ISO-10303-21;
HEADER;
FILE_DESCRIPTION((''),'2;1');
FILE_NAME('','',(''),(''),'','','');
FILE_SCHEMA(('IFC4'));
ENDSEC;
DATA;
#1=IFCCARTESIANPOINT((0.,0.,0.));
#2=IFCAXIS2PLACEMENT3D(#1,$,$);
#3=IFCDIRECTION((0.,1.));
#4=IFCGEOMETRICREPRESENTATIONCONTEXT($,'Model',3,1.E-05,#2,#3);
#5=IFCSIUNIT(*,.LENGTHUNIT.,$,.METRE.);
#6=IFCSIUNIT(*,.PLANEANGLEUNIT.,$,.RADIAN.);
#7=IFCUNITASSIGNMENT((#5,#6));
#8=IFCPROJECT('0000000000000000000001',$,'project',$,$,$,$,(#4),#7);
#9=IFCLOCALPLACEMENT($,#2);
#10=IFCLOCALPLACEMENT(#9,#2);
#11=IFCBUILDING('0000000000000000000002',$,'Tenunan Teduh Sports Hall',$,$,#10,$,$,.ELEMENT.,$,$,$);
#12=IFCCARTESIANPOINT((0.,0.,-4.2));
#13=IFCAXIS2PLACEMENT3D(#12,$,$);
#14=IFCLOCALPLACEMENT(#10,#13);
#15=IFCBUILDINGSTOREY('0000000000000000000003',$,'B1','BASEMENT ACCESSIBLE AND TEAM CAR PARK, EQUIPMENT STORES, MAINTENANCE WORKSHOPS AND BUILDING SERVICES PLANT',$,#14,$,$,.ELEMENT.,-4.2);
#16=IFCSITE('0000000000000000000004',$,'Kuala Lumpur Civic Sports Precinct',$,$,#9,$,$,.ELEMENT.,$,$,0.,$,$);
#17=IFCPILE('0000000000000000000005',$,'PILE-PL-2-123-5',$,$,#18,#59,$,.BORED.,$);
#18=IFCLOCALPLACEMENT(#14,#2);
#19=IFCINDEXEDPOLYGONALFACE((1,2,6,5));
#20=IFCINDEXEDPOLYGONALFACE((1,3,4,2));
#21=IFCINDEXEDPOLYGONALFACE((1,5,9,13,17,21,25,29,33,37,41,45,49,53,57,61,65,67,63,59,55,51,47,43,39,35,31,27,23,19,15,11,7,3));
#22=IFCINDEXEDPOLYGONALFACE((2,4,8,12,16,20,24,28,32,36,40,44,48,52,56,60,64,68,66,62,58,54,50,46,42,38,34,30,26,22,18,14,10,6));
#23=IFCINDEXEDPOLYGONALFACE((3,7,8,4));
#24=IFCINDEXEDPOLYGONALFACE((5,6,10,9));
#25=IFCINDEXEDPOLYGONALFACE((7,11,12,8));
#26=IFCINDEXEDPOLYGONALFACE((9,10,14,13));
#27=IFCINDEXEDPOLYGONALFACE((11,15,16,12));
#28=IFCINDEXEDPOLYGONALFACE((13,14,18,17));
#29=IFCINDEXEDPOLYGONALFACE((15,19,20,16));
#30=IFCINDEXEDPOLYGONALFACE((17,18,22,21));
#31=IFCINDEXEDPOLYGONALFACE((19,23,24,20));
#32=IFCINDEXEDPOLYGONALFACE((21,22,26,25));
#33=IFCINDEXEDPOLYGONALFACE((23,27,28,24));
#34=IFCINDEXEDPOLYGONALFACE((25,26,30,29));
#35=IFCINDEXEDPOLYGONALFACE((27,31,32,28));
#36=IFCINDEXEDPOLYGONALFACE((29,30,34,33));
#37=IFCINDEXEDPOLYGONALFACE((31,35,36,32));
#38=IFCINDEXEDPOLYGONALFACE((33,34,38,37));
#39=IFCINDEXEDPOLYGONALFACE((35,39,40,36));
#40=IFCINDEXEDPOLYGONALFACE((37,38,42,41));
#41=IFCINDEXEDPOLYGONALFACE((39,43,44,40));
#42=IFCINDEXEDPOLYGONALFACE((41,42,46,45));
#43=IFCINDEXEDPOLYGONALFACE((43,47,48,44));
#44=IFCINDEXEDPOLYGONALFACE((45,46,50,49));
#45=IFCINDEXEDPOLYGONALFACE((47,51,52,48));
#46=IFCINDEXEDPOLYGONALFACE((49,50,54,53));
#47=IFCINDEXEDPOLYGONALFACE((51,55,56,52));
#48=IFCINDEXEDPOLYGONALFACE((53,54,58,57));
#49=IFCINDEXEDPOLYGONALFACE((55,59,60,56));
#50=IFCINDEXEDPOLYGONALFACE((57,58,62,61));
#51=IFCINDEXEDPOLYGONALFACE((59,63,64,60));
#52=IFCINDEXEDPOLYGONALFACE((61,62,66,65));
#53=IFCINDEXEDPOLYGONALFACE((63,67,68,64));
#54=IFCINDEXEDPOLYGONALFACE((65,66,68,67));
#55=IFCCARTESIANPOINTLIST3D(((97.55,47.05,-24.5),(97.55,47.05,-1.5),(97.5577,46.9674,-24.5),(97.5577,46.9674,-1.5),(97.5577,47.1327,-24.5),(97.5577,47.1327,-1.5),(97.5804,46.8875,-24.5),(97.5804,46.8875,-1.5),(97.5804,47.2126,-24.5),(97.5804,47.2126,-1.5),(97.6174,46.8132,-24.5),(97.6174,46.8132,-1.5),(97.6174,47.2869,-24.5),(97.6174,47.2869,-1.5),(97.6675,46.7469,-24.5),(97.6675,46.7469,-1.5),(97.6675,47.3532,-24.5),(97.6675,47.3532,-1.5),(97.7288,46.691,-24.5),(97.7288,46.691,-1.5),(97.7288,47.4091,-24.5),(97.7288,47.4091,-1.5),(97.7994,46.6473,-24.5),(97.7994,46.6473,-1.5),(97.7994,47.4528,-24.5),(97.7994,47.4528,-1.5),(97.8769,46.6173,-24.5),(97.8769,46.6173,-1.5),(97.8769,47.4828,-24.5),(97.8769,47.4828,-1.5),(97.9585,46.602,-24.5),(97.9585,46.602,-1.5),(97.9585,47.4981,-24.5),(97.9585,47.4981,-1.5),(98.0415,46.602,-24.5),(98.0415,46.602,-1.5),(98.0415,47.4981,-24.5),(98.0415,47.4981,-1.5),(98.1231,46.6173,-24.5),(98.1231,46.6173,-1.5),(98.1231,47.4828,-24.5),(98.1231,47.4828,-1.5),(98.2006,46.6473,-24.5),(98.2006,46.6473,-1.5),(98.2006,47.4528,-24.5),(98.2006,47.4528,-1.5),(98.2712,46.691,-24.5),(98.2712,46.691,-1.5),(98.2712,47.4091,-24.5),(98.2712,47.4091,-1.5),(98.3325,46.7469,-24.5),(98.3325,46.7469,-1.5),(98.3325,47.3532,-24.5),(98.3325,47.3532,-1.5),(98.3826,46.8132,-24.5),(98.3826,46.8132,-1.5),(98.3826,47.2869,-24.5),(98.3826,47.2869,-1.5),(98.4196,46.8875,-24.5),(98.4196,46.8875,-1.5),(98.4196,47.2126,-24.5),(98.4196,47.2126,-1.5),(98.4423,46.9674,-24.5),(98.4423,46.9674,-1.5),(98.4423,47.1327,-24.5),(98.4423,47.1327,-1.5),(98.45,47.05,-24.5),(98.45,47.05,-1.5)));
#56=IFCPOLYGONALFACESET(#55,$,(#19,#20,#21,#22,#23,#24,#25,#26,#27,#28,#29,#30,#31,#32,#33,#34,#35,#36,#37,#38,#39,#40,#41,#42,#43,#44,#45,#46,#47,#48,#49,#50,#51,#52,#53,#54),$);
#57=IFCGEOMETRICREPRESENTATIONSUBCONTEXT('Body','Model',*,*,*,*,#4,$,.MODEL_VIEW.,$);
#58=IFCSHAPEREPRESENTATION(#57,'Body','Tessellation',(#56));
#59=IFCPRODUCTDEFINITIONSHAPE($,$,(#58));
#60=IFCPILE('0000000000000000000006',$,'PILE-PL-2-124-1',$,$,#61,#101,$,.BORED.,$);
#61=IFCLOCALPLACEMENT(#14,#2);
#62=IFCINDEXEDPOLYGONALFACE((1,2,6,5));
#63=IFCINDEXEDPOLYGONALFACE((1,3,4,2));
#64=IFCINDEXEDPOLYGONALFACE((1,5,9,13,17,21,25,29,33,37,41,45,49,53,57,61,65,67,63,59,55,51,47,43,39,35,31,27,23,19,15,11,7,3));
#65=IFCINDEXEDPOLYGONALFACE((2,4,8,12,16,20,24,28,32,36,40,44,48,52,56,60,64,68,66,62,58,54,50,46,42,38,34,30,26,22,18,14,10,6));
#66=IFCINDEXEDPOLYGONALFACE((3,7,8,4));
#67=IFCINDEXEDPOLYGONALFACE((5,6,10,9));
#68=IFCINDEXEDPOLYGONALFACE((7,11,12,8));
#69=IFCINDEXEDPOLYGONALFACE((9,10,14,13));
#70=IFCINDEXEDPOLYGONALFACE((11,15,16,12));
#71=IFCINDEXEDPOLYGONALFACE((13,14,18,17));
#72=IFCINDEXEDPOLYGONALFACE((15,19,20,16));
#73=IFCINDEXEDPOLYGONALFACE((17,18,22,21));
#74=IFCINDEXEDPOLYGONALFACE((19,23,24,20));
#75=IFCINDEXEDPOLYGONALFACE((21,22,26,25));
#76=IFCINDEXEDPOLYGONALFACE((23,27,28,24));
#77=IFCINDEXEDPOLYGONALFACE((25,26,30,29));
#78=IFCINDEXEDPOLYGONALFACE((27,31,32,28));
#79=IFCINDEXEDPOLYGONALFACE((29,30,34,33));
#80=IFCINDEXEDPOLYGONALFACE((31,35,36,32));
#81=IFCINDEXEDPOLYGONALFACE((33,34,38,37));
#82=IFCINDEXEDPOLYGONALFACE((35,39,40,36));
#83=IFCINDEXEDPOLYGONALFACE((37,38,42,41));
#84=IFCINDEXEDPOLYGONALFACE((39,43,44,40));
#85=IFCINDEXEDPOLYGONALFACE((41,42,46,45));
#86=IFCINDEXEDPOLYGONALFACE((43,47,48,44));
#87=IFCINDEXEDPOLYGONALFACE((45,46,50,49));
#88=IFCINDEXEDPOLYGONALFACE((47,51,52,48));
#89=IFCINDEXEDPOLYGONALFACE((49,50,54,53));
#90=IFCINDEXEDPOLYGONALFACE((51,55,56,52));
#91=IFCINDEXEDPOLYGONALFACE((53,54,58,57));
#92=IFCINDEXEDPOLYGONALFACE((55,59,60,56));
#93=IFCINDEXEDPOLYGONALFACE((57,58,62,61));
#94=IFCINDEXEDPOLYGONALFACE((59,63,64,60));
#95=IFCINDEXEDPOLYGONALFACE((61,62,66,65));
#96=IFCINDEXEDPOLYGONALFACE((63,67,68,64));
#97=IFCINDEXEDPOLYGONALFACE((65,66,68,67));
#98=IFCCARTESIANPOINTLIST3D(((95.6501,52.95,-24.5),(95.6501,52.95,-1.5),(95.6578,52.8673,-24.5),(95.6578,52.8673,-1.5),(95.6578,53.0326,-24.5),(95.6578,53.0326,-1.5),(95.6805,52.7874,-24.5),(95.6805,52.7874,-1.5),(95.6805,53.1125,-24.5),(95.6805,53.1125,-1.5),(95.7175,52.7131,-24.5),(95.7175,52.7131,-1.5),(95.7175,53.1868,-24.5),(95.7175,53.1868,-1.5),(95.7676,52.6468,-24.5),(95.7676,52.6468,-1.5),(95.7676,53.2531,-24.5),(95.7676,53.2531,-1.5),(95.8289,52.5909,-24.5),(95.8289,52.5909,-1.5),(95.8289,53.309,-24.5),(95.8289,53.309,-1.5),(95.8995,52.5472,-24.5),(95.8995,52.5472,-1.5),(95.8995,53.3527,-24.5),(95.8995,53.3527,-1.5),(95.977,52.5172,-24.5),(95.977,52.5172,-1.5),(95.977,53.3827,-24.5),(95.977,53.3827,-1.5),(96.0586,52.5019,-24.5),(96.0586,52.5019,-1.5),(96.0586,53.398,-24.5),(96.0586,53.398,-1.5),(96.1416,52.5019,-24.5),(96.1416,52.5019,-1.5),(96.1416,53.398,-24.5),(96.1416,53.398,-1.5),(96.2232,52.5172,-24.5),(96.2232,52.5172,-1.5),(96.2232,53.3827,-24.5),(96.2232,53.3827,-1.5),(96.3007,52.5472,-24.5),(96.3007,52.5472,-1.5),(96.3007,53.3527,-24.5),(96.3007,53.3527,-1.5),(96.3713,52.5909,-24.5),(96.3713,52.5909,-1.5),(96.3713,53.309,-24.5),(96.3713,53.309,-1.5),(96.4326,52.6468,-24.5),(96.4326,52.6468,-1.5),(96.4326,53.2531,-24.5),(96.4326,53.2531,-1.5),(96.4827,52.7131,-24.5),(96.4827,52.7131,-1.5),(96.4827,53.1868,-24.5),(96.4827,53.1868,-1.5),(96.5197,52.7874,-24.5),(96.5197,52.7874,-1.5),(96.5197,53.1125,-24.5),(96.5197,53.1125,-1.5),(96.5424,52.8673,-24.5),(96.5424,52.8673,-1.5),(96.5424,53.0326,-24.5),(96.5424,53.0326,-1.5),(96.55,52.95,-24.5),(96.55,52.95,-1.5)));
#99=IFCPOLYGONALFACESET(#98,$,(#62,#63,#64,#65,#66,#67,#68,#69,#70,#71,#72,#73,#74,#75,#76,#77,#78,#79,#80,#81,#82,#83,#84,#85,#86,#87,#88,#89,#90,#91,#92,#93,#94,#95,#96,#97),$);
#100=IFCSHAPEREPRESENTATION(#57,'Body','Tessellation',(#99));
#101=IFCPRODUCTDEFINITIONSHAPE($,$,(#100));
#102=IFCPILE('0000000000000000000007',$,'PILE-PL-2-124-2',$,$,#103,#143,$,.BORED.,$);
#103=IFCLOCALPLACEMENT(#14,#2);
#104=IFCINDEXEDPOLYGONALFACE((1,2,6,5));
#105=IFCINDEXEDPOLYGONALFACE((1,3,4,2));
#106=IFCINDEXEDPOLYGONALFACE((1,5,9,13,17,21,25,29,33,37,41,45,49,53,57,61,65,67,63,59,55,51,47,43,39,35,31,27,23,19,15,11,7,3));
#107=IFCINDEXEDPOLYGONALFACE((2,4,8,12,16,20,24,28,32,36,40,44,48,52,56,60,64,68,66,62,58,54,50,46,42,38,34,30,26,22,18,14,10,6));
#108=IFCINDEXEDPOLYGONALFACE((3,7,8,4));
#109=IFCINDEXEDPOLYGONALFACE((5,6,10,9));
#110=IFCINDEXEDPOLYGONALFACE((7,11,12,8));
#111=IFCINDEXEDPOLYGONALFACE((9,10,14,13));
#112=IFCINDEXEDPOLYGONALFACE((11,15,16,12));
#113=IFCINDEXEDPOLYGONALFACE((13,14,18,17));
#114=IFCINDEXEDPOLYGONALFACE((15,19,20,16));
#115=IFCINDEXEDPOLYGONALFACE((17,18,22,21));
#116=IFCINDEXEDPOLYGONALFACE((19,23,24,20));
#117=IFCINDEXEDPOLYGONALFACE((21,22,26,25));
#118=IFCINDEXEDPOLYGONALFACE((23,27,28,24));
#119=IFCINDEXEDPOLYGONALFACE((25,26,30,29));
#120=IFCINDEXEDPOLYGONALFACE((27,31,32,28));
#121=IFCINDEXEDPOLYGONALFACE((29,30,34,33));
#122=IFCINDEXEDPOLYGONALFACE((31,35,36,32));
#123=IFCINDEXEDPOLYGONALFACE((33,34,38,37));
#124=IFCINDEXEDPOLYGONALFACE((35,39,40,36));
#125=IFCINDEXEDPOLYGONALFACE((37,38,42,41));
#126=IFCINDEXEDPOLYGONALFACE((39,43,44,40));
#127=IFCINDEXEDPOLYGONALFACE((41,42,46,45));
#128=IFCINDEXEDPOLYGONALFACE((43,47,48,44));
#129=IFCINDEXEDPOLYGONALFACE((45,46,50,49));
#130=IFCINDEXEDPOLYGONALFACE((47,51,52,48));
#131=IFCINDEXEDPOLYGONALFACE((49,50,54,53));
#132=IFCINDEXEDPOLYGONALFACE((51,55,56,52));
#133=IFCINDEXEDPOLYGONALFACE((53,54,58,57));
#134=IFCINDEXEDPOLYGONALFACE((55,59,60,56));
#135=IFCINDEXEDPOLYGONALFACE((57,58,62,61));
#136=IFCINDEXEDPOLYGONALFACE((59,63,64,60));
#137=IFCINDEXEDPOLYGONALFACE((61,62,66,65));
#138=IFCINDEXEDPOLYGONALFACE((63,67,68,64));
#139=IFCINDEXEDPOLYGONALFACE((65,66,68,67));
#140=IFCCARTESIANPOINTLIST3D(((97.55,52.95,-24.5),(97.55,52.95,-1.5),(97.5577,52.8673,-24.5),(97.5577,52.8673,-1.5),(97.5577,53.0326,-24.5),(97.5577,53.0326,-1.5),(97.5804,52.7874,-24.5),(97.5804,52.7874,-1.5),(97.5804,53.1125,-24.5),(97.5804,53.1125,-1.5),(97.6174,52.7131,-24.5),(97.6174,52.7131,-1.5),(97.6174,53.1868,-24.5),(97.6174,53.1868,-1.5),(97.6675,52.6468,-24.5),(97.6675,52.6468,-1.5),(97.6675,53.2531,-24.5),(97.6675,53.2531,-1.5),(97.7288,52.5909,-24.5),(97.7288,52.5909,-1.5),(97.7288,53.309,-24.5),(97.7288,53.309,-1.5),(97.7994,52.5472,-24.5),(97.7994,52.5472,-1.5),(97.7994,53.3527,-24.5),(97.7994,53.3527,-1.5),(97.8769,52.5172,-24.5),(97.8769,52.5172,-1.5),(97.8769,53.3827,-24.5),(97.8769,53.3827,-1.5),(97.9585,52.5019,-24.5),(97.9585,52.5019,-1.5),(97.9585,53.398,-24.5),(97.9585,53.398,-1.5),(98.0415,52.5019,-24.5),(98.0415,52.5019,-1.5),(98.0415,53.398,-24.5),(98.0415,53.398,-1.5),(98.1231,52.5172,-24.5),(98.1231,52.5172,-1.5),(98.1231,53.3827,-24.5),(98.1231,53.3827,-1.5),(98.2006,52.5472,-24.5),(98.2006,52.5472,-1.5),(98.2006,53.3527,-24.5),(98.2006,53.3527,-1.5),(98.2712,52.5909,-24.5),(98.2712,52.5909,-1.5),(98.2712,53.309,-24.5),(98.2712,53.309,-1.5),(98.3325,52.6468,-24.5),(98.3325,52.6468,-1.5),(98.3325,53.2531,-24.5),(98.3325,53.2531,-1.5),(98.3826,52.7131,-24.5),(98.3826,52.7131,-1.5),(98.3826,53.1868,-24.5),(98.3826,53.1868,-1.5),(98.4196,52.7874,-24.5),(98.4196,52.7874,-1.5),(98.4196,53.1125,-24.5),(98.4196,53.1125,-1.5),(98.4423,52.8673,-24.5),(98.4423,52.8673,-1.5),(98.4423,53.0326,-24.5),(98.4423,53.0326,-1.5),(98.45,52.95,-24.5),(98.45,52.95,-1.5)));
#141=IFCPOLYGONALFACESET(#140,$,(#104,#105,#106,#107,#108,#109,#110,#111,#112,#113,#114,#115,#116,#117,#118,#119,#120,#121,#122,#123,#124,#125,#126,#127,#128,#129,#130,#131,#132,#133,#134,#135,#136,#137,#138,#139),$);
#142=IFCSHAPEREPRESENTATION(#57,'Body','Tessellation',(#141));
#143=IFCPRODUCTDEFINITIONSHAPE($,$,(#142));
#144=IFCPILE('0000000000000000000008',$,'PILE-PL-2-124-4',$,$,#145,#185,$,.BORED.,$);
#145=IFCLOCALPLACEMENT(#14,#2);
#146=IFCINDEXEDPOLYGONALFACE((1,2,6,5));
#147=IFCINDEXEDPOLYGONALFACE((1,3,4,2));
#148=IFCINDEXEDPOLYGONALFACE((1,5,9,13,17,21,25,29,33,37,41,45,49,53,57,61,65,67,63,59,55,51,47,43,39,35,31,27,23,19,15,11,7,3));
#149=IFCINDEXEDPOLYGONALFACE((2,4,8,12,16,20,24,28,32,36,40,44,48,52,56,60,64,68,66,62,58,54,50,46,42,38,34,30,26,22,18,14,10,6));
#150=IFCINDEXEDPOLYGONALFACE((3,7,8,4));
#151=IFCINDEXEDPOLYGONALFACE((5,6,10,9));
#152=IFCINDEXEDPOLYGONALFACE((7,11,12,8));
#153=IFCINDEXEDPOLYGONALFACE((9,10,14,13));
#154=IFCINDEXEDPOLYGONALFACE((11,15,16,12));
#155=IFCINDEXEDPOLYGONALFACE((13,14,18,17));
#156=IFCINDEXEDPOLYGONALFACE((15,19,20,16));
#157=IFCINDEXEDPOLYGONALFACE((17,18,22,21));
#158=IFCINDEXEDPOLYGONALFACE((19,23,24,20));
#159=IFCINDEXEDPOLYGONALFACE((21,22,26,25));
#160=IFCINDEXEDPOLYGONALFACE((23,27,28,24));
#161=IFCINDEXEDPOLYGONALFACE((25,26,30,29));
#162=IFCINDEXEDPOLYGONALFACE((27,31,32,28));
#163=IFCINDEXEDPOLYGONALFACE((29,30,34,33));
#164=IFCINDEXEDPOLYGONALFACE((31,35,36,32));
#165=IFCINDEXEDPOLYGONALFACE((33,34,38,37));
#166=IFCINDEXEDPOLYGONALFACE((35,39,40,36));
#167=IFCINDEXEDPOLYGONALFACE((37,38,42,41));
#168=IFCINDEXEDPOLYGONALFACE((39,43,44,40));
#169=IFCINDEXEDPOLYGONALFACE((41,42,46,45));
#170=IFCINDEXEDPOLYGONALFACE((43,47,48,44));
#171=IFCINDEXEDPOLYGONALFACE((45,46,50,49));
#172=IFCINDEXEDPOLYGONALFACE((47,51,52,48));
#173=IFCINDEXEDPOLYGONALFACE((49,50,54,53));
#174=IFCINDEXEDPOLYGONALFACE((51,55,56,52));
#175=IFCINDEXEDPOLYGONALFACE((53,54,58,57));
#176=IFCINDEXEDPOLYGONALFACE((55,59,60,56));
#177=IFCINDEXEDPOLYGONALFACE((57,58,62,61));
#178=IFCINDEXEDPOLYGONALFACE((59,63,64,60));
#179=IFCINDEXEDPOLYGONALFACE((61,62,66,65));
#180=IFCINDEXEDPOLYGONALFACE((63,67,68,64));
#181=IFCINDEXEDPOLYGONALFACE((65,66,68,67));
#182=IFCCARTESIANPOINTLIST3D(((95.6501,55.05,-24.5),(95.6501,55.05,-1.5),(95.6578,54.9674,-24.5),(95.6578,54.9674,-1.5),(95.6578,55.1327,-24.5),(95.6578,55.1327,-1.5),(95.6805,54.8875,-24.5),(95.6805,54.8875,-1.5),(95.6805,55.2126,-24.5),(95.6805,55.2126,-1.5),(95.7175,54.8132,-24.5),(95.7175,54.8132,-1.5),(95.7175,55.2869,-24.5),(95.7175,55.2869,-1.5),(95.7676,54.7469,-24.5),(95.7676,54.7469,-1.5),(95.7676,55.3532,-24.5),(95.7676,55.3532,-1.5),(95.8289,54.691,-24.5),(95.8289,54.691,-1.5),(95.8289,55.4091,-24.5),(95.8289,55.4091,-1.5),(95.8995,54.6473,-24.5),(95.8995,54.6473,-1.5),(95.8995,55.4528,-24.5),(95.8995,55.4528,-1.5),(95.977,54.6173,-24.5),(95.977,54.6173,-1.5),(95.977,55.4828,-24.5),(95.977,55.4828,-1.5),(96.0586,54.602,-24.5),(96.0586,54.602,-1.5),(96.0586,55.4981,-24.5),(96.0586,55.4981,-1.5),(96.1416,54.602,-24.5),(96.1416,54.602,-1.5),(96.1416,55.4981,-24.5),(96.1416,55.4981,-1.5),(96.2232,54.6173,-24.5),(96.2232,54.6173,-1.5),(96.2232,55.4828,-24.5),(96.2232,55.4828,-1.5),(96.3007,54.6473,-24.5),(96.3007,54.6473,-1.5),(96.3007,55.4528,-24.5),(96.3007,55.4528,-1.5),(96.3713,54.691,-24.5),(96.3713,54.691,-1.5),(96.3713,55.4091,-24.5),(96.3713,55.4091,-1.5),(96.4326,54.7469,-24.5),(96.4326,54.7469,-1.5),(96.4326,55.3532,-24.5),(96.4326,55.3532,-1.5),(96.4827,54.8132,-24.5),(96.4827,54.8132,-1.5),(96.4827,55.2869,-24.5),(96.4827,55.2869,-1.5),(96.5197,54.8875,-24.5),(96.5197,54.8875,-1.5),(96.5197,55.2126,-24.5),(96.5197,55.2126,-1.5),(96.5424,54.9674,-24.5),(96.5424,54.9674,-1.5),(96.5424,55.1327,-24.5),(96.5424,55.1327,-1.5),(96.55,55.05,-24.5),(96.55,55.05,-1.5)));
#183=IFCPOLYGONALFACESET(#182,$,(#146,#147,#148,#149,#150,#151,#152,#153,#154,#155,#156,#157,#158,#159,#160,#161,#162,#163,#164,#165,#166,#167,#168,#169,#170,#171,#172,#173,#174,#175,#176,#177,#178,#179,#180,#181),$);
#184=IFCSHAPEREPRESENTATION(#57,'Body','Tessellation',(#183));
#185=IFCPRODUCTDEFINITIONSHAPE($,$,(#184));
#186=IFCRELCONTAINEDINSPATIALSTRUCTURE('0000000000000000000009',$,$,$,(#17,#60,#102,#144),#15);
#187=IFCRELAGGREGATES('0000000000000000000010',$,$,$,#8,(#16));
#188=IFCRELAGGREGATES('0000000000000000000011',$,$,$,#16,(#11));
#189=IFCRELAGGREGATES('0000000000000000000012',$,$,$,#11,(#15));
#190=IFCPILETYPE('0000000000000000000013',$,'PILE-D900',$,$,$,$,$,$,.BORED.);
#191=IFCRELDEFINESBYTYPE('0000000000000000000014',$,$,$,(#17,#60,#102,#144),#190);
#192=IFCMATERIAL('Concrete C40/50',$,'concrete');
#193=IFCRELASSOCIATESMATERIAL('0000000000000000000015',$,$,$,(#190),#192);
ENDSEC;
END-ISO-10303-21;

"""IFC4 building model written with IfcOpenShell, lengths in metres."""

from ifc_helpers import new_model, si_unit, direction, frame, origin, origin_2d, place, context, subcontext, project, spatial, circle, extrude, material, material_profile, profile_set, type_object, element, save


model = new_model("IFC4")

# Units and contexts
model_context = context("Model", 3, precision=1e-05, world=origin(), true_north=direction((0.0, 1.0)))
body_context = subcontext(model_context, "Body", "Model", "MODEL_VIEW")
ifc_project = project(units=[si_unit("LENGTHUNIT", "METRE"), si_unit("PLANEANGLEUNIT", "RADIAN")], contexts=[model_context])

# Site, building, storey
site_placement = place(None, origin())
site = spatial("IfcSite", under=ifc_project, at=site_placement, Name="Kuala Lumpur Civic Sports Precinct", CompositionType="ELEMENT", RefElevation=0.0)
building_placement = place(site_placement, origin())
building = spatial("IfcBuilding", under=site, at=building_placement, Name="Tenunan Teduh Sports Hall", CompositionType="ELEMENT")
storey_placement = place(building_placement, frame((0.0, 0.0, -4.2)))
storey = spatial("IfcBuildingStorey", under=building, at=storey_placement, Name="B1", Description="BASEMENT ACCESSIBLE AND TEAM CAR PARK, EQUIPMENT STORES, MAINTENANCE WORKSHOPS AND BUILDING SERVICES PLANT", CompositionType="ELEMENT", Elevation=-4.2)

# Piles
ifc_material_1 = material(Name="Concrete C40/50", Category="concrete")
ifc_material_profile_1 = material_profile(ifc_material_1, circle(Radius=0.45, at=origin_2d()), Name="PILE D900")
ifc_profile_set_1 = profile_set([ifc_material_profile_1], Name="Concrete C40/50")
pile_type = type_object("IfcPileType", Name="PILE-D900", PredefinedType="BORED", material=ifc_profile_set_1)
for number, where, z_axis, x_axis, name in (
    (1, (98.0, 47.05, -1.5), (0.0, 0.0, -1.0), (1.0, 0.0, 0.0), "PILE-PL-2-123-5"),
    (2, (96.1001, 52.95, -1.5), (0.0, 0.0, -1.0), (1.0, 0.0, 0.0), "PILE-PL-2-124-1"),
    (3, (98.0, 52.95, -1.5), (0.0, 0.0, -1.0), (1.0, 0.0, 0.0), "PILE-PL-2-124-2"),
    (4, (96.1001, 55.05, -1.5), (0.0, 0.0, -1.0), (1.0, 0.0, 0.0), "PILE-PL-2-124-4"),
):
    element("IfcPile", number, at=place(storey_placement, frame(where, z_axis=z_axis, x_axis=x_axis)), inside=storey, type_object=pile_type, Name=name, PredefinedType="BORED", context=body_context, shape_type="SweptSolid", body=[
        extrude(circle(Radius=0.45, at=origin_2d()), origin(), (0.0, 0.0, 1.0), 23.0),
    ])

save(model, "model.ifc")
